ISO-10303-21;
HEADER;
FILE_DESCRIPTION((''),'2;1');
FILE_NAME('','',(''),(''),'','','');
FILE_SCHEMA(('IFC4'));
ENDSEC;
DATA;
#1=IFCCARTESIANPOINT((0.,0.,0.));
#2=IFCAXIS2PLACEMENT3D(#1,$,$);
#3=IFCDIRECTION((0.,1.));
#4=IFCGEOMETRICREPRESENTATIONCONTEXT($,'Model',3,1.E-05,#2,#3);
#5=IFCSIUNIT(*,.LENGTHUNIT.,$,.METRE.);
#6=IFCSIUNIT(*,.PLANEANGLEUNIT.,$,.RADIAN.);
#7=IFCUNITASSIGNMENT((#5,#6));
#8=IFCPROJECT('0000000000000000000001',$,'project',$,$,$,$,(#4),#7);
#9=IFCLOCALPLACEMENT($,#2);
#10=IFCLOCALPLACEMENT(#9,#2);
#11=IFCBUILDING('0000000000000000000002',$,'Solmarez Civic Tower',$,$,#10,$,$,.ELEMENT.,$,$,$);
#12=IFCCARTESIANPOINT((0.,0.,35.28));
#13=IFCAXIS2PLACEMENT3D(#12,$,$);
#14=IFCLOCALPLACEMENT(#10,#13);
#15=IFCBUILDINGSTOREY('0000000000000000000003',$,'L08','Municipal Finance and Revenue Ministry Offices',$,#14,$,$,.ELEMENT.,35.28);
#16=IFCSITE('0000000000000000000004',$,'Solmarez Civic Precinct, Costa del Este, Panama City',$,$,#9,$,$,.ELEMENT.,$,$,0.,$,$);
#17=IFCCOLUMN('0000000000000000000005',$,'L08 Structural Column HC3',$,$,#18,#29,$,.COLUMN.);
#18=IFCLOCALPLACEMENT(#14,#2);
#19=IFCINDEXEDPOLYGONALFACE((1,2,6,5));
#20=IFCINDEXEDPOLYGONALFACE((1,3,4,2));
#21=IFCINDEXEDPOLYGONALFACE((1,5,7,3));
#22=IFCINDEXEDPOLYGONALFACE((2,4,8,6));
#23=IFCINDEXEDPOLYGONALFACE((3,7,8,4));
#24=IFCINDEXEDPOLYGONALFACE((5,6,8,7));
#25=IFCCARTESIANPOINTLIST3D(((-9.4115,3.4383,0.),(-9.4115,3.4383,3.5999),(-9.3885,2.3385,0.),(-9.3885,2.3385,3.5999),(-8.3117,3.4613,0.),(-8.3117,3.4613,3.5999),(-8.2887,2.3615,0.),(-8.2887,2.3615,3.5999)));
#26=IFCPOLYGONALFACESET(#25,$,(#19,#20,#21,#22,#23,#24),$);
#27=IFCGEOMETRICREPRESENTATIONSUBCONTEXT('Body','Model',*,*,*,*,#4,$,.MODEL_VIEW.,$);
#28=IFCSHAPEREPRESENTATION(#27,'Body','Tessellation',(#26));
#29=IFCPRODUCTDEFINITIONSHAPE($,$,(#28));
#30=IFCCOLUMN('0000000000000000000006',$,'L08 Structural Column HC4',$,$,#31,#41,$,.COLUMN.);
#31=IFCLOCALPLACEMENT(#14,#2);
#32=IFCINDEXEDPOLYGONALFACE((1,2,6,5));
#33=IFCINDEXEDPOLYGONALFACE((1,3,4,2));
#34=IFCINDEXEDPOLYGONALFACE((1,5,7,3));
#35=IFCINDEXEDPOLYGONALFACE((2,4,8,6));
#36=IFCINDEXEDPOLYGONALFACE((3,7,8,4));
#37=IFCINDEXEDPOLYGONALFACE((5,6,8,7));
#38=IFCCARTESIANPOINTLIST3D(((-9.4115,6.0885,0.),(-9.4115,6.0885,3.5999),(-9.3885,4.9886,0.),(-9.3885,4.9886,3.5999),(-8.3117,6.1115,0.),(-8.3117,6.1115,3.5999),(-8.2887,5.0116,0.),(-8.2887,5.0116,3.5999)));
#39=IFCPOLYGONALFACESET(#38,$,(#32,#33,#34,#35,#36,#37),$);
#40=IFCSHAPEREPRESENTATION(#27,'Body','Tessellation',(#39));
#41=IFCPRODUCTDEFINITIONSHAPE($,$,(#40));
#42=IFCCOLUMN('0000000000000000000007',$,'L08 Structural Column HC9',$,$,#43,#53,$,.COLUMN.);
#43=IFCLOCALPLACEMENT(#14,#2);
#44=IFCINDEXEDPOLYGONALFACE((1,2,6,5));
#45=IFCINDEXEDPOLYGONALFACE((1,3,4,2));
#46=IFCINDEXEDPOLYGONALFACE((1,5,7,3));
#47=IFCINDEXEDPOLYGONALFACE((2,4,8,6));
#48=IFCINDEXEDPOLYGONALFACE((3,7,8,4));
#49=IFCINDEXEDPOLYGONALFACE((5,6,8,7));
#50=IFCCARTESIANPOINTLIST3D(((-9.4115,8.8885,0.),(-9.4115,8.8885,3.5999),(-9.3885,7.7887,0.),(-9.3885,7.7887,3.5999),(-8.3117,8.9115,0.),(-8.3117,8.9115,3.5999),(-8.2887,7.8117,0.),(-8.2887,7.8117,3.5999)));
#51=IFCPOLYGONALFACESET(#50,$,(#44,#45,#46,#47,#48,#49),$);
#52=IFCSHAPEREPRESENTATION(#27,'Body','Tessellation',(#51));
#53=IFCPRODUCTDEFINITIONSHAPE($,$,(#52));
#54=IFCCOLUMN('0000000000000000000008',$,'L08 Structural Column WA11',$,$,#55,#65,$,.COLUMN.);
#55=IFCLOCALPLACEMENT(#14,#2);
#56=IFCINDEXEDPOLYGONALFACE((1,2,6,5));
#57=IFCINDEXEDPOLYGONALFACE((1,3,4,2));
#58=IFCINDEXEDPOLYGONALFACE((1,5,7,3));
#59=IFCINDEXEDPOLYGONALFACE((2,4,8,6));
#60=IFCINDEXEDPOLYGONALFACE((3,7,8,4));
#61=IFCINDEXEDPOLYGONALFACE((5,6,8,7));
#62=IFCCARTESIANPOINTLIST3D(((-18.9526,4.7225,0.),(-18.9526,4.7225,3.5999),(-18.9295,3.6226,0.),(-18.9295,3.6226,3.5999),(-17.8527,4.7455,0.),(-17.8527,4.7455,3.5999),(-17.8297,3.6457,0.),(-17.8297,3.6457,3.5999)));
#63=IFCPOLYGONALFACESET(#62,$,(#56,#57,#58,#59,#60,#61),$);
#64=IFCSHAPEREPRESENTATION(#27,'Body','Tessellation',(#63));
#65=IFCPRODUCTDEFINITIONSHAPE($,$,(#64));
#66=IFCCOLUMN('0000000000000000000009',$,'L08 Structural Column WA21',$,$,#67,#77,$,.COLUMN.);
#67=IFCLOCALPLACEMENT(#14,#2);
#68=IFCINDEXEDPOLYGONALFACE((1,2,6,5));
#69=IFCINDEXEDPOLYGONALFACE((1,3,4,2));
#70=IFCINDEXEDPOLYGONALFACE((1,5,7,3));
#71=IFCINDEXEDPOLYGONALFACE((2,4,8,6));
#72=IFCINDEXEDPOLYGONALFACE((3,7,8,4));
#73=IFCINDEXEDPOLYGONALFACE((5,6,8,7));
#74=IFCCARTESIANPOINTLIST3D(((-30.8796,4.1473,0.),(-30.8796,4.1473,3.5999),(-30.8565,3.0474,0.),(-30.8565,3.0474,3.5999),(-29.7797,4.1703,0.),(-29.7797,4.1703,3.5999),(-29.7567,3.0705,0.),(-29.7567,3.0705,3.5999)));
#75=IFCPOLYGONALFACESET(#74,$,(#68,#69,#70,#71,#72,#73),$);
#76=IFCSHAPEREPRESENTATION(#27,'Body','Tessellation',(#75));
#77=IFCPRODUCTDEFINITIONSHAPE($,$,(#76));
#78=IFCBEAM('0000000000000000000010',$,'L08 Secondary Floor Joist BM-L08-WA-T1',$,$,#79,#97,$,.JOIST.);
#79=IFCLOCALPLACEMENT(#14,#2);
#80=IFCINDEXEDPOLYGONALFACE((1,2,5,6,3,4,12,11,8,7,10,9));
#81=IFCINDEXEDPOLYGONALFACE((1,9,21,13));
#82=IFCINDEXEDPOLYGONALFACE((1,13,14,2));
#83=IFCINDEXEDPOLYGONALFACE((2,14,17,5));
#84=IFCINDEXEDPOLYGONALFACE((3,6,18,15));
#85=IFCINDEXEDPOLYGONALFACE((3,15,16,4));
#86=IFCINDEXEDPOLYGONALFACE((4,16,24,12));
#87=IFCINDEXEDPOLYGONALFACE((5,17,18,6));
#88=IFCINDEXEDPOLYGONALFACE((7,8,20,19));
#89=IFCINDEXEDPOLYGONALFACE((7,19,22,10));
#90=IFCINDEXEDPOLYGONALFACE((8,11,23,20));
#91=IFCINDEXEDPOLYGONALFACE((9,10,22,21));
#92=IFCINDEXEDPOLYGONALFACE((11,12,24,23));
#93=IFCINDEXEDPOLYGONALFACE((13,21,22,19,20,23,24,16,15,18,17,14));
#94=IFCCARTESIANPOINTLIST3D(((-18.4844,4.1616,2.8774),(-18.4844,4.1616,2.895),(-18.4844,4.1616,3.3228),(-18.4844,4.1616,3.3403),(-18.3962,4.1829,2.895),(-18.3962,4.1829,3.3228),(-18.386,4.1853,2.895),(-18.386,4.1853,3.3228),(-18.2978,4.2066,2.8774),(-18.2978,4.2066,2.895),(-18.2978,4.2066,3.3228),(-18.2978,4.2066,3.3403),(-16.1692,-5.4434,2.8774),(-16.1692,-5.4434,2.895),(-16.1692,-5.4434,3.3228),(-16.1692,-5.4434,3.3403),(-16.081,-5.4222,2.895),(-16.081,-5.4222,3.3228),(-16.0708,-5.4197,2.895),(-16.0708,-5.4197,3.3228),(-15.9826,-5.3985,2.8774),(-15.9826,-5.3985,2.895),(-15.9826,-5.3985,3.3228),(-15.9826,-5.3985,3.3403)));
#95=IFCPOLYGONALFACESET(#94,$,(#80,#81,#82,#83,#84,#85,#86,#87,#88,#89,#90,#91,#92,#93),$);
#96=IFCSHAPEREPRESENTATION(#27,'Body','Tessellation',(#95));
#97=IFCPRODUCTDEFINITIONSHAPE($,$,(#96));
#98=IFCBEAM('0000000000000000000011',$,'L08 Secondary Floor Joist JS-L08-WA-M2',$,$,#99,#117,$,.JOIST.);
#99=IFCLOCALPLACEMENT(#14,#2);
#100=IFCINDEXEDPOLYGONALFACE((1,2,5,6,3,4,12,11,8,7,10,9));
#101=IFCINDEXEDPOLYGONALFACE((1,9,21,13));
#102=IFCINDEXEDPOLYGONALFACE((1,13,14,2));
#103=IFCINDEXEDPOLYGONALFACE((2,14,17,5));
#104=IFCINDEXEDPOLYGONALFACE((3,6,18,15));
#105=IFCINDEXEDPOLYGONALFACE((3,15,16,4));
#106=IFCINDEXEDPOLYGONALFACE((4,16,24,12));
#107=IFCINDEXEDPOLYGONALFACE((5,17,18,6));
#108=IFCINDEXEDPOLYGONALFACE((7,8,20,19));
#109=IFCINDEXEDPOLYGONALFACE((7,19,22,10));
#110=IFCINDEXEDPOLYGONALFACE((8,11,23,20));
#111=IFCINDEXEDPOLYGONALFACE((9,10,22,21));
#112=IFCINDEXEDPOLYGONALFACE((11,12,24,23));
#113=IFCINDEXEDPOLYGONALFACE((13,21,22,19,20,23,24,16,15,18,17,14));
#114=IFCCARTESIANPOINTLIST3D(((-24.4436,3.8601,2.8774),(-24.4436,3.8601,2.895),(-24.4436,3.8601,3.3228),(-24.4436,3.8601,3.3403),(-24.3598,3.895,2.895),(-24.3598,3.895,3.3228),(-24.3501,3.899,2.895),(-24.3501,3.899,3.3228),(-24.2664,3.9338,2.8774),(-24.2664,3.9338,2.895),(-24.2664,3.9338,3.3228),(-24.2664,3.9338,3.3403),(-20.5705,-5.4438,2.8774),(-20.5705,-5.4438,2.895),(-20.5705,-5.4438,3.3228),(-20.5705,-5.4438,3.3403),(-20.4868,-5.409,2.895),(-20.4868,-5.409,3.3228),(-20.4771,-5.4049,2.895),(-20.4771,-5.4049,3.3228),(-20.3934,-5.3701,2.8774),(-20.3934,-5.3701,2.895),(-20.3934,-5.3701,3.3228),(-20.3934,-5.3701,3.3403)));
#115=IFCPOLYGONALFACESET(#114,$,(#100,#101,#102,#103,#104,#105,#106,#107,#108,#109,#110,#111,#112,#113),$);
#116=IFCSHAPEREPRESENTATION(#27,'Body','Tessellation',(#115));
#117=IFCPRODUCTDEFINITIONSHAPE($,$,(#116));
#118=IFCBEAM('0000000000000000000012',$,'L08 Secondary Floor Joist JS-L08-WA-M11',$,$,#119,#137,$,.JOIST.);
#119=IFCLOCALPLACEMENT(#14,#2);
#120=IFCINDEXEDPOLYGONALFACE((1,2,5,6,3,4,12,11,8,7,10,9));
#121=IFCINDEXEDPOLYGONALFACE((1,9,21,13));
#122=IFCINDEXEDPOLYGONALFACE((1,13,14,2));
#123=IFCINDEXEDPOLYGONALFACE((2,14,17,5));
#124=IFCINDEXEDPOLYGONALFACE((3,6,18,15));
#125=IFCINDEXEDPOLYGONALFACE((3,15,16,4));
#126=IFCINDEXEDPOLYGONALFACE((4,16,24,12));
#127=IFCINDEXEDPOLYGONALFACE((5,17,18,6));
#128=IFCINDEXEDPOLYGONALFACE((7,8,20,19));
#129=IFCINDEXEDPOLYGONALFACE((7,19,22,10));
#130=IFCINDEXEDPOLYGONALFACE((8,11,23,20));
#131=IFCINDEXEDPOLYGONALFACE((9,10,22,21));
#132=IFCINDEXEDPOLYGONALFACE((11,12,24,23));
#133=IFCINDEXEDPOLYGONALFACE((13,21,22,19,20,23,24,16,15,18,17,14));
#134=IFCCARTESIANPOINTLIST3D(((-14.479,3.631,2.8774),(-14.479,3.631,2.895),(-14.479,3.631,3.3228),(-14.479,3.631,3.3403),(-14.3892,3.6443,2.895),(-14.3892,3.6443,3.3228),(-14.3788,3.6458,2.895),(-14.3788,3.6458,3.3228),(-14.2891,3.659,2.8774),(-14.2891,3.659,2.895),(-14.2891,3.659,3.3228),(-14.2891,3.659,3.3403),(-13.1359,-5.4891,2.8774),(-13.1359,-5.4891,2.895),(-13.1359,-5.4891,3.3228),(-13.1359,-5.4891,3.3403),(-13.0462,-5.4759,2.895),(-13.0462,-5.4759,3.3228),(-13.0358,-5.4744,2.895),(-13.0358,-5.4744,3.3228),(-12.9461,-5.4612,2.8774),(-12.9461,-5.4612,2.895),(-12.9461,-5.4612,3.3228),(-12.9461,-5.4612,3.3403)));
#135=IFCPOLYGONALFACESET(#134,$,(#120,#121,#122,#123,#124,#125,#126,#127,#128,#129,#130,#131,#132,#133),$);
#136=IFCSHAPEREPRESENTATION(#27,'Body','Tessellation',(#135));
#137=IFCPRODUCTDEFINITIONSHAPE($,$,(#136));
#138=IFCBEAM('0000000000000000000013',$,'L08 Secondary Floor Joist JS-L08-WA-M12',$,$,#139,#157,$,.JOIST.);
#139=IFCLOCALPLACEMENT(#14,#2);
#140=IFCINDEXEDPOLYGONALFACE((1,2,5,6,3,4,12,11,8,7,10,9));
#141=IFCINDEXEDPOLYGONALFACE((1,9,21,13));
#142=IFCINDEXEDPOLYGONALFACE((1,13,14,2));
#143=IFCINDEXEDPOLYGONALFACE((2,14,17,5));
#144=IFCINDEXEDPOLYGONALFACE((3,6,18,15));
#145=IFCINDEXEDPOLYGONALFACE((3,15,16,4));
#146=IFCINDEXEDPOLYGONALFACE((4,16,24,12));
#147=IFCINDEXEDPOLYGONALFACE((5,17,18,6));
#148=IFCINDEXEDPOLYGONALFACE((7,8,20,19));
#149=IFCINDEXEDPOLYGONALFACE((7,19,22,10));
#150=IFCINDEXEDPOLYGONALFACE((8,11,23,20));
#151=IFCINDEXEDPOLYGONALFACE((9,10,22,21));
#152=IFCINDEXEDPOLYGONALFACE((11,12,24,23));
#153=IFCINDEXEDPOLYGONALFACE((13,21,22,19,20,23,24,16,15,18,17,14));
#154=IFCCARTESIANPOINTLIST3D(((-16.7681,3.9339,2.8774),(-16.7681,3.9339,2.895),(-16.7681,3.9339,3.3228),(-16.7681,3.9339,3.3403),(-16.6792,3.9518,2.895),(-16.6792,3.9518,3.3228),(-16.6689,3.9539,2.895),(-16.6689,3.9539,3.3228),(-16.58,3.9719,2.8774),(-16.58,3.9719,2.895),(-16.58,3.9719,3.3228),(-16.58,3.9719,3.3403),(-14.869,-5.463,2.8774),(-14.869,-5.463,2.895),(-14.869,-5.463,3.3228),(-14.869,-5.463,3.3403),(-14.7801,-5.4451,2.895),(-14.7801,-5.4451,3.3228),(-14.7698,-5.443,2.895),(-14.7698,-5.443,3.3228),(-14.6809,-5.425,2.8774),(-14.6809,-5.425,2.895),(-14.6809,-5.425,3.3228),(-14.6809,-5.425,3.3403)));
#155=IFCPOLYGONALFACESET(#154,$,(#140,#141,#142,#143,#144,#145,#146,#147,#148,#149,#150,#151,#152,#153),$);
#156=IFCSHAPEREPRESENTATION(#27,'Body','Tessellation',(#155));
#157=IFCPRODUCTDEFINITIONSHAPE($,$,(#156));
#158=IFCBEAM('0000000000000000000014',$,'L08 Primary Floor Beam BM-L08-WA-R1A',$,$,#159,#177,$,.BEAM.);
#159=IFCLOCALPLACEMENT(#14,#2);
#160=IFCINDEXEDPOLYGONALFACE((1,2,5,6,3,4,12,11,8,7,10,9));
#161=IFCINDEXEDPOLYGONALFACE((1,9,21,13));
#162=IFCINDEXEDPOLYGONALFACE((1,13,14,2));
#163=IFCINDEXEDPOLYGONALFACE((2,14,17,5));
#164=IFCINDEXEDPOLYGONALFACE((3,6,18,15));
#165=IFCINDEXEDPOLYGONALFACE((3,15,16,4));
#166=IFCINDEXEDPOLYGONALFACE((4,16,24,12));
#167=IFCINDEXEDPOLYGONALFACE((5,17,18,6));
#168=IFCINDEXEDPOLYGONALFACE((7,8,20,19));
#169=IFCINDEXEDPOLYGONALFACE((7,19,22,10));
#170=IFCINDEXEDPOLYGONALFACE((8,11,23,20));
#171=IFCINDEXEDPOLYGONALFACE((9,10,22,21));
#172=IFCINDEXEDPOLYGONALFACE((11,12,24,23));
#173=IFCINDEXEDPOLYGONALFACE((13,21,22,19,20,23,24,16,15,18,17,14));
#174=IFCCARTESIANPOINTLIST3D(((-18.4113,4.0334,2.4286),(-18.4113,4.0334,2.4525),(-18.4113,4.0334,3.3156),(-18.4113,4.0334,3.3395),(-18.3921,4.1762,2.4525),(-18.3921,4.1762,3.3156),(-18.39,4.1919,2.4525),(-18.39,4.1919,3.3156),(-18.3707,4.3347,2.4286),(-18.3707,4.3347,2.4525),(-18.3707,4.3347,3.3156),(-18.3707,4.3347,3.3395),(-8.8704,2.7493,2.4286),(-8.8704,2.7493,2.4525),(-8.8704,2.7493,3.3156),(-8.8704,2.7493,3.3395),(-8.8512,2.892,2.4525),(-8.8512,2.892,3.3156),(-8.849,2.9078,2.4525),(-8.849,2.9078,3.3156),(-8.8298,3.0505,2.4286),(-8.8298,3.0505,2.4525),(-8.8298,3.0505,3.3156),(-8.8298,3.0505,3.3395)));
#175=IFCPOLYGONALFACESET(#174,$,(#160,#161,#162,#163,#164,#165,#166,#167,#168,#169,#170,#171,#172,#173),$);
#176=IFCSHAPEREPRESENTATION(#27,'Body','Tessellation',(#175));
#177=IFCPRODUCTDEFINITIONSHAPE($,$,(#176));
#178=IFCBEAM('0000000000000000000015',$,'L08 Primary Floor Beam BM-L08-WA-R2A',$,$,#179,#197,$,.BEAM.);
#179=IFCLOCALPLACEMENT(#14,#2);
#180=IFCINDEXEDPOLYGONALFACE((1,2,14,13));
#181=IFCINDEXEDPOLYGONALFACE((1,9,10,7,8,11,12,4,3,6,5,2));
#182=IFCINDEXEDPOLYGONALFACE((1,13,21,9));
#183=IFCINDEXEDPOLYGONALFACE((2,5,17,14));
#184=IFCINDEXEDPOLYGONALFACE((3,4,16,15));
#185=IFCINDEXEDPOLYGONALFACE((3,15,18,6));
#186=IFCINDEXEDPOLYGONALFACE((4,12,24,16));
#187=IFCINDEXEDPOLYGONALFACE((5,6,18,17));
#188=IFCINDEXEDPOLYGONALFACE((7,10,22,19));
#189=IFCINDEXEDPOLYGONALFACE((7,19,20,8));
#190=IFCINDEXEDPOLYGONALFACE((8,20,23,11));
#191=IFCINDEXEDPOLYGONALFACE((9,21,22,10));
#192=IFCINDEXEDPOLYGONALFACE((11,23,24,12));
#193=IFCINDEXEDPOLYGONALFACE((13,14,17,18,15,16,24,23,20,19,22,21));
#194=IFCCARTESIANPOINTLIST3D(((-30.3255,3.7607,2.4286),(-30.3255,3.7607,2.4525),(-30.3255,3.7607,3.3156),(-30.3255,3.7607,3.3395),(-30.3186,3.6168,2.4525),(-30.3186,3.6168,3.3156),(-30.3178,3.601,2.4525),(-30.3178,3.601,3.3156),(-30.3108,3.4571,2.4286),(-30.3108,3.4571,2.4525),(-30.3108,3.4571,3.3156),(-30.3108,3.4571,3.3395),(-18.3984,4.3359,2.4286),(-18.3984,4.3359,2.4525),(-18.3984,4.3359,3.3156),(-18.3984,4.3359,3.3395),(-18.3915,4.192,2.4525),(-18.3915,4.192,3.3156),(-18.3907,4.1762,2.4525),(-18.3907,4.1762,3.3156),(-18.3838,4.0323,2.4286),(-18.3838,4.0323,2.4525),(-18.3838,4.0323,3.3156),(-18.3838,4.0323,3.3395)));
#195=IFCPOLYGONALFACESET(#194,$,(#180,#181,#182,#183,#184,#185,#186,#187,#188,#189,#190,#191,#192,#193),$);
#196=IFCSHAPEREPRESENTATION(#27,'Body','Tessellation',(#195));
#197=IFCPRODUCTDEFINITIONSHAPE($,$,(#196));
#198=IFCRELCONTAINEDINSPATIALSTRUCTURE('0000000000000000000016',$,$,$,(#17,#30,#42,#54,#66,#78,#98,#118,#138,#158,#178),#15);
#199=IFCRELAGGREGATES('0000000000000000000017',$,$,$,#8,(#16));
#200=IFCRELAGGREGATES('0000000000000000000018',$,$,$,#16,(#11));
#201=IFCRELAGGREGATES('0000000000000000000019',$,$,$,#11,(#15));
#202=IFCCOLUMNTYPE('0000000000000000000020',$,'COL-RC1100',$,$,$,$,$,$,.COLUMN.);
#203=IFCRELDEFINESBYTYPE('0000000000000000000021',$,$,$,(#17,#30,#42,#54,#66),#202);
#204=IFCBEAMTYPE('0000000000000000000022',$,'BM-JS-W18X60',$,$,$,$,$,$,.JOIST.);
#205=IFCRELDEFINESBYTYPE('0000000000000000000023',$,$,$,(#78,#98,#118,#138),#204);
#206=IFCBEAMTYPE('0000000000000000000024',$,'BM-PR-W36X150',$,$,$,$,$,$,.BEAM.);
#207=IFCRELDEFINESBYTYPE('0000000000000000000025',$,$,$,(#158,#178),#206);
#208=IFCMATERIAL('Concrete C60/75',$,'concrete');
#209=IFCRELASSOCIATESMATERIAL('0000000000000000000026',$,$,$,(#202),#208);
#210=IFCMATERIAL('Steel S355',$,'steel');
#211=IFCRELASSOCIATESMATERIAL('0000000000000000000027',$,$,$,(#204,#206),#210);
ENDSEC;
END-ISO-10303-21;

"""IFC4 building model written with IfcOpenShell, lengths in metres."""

from ifc_helpers import new_model, si_unit, direction, frame, origin, origin_2d, place, context, subcontext, project, spatial, rectangle, i_section, extrude, material, material_profile, profile_set, type_object, element, save


model = new_model("IFC4")

# Units and contexts
model_context = context("Model", 3, precision=1e-05, world=origin(), true_north=direction((0.0, 1.0)))
body_context = subcontext(model_context, "Body", "Model", "MODEL_VIEW")
ifc_project = project(units=[si_unit("LENGTHUNIT", "METRE"), si_unit("PLANEANGLEUNIT", "RADIAN")], contexts=[model_context])

# Site, building, storey
site_placement = place(None, origin())
site = spatial("IfcSite", under=ifc_project, at=site_placement, Name="Solmarez Civic Precinct, Costa del Este, Panama City", CompositionType="ELEMENT", RefElevation=0.0)
building_placement = place(site_placement, origin())
building = spatial("IfcBuilding", under=site, at=building_placement, Name="Solmarez Civic Tower", CompositionType="ELEMENT")
storey_placement = place(building_placement, frame((0.0, 0.0, 35.28)))
storey = spatial("IfcBuildingStorey", under=building, at=storey_placement, Name="L08", Description="Municipal Finance and Revenue Ministry Offices", CompositionType="ELEMENT", Elevation=35.28)

# Columns
ifc_material_1 = material(Name="Concrete C60/75", Category="concrete")
ifc_material_profile_1 = material_profile(ifc_material_1, rectangle(XDim=1.1001, YDim=1.1001, at=origin_2d()), Name="RC1100X1100")
ifc_profile_set_1 = profile_set([ifc_material_profile_1], Name="Concrete C60/75")
column_type = type_object("IfcColumnType", Name="COL-RC1100", PredefinedType="COLUMN", material=ifc_profile_set_1)
for number, where, z_axis, x_axis, name in (
    (1, (-8.8501, 2.8999, 0.0), (0.0, 0.0, 1.0), (0.999781, 0.020942, 0.0), "L08 Structural Column HC3"),
    (2, (-8.8501, 5.55, 0.0), (0.0, 0.0, 1.0), (0.999781, 0.020942, 0.0), "L08 Structural Column HC4"),
    (3, (-8.8501, 8.3501, 0.0), (0.0, 0.0, 1.0), (0.999781, 0.020942, 0.0), "L08 Structural Column HC9"),
    (4, (-18.3911, 4.1841, 0.0), (0.0, 0.0, 1.0), (0.999781, 0.020942, 0.0), "L08 Structural Column WA11"),
    (5, (-30.3181, 3.6089, 0.0), (0.0, 0.0, 1.0), (0.999781, 0.020942, 0.0), "L08 Structural Column WA21"),
):
    element("IfcColumn", number, at=place(storey_placement, frame(where, z_axis=z_axis, x_axis=x_axis)), inside=storey, type_object=column_type, Name=name, PredefinedType="COLUMN", context=body_context, shape_type="SweptSolid", body=[
        extrude(rectangle(XDim=1.1001, YDim=1.1001, at=origin_2d()), origin(), (0.0, 0.0, 1.0), 3.5999),
    ])

# Beams
ifc_material_2 = material(Name="Steel S355", Category="steel")
ifc_material_profile_2 = material_profile(ifc_material_2, i_section(OverallWidth=0.1919, OverallDepth=0.4629, WebThickness=0.0105, FlangeThickness=0.0176, at=origin_2d()), Name="W18X60")
ifc_profile_set_2 = profile_set([ifc_material_profile_2], Name="Steel S355")
beam_type_1 = type_object("IfcBeamType", Name="BM-JS-W18X60", PredefinedType="JOIST", material=ifc_profile_set_2)
beam_1_placement = place(storey_placement, frame((-18.3911, 4.1841, 3.1089), z_axis=(0.234329, -0.972157, 0.0), x_axis=(0.972157, 0.234329, 0.0)))
element("IfcBeam", 6, at=beam_1_placement, inside=storey, type_object=beam_type_1, Name="L08 Secondary Floor Joist BM-L08-WA-T1", PredefinedType="JOIST", context=body_context, shape_type="SweptSolid", body=[
    extrude(i_section(OverallWidth=0.1919, OverallDepth=0.4629, WebThickness=0.0105, FlangeThickness=0.0176, at=origin_2d()), origin(), (0.0, 0.0, 1.0), 9.8801),
])
beam_2_placement = place(storey_placement, frame((-24.355, 3.897, 3.1089), z_axis=(0.384311, -0.923204, 0.0), x_axis=(0.923204, 0.384311, 0.0)))
element("IfcBeam", 7, at=beam_2_placement, inside=storey, type_object=beam_type_1, Name="L08 Secondary Floor Joist JS-L08-WA-M2", PredefinedType="JOIST", context=body_context, shape_type="SweptSolid", body=[
    extrude(i_section(OverallWidth=0.1919, OverallDepth=0.4629, WebThickness=0.0105, FlangeThickness=0.0176, at=origin_2d()), origin(), (0.0, 0.0, 1.0), 10.0779),
])
beam_3_placement = place(storey_placement, frame((-14.384, 3.645, 3.1089), z_axis=(0.145688, -0.989331, 0.0), x_axis=(0.989331, 0.145688, 0.0)))
element("IfcBeam", 8, at=beam_3_placement, inside=storey, type_object=beam_type_1, Name="L08 Secondary Floor Joist JS-L08-WA-M11", PredefinedType="JOIST", context=body_context, shape_type="SweptSolid", body=[
    extrude(i_section(OverallWidth=0.1919, OverallDepth=0.4629, WebThickness=0.0105, FlangeThickness=0.0176, at=origin_2d()), origin(), (0.0, 0.0, 1.0), 9.2185),
])
beam_4_placement = place(storey_placement, frame((-16.6741, 3.9529, 3.1089), z_axis=(0.198099, -0.980182, 0.0), x_axis=(0.980182, 0.198099, 0.0)))
element("IfcBeam", 9, at=beam_4_placement, inside=storey, type_object=beam_type_1, Name="L08 Secondary Floor Joist JS-L08-WA-M12", PredefinedType="JOIST", context=body_context, shape_type="SweptSolid", body=[
    extrude(i_section(OverallWidth=0.1919, OverallDepth=0.4629, WebThickness=0.0105, FlangeThickness=0.0176, at=origin_2d()), origin(), (0.0, 0.0, 1.0), 9.5869),
])
ifc_material_profile_3 = material_profile(ifc_material_2, i_section(OverallWidth=0.304, OverallDepth=0.9109, WebThickness=0.0159, FlangeThickness=0.0239, at=origin_2d()), Name="W36X150")
ifc_profile_set_3 = profile_set([ifc_material_profile_3], Name="Steel S355")
beam_type_2 = type_object("IfcBeamType", Name="BM-PR-W36X150", PredefinedType="BEAM", material=ifc_profile_set_3)
beam_5_placement = place(storey_placement, frame((-8.8501, 2.8999, 2.884), z_axis=(-0.991063, 0.133393, 0.0), x_axis=(-0.133393, -0.991063, 0.0)))
element("IfcBeam", 10, at=beam_5_placement, inside=storey, type_object=beam_type_2, Name="L08 Primary Floor Beam BM-L08-WA-R1A", PredefinedType="BEAM", context=body_context, shape_type="SweptSolid", body=[
    extrude(i_section(OverallWidth=0.304, OverallDepth=0.9109, WebThickness=0.0159, FlangeThickness=0.0239, at=origin_2d()), origin(), (0.0, 0.0, 1.0), 9.627),
])
beam_6_placement = place(storey_placement, frame((-18.3911, 4.1841, 2.884), z_axis=(-0.998839, -0.04817, 0.0), x_axis=(0.04817, -0.998839, 0.0)))
element("IfcBeam", 11, at=beam_6_placement, inside=storey, type_object=beam_type_2, Name="L08 Primary Floor Beam BM-L08-WA-R2A", PredefinedType="BEAM", context=body_context, shape_type="SweptSolid", body=[
    extrude(i_section(OverallWidth=0.304, OverallDepth=0.9109, WebThickness=0.0159, FlangeThickness=0.0239, at=origin_2d()), origin(), (0.0, 0.0, 1.0), 11.9409),
])

save(model, "model.ifc")
